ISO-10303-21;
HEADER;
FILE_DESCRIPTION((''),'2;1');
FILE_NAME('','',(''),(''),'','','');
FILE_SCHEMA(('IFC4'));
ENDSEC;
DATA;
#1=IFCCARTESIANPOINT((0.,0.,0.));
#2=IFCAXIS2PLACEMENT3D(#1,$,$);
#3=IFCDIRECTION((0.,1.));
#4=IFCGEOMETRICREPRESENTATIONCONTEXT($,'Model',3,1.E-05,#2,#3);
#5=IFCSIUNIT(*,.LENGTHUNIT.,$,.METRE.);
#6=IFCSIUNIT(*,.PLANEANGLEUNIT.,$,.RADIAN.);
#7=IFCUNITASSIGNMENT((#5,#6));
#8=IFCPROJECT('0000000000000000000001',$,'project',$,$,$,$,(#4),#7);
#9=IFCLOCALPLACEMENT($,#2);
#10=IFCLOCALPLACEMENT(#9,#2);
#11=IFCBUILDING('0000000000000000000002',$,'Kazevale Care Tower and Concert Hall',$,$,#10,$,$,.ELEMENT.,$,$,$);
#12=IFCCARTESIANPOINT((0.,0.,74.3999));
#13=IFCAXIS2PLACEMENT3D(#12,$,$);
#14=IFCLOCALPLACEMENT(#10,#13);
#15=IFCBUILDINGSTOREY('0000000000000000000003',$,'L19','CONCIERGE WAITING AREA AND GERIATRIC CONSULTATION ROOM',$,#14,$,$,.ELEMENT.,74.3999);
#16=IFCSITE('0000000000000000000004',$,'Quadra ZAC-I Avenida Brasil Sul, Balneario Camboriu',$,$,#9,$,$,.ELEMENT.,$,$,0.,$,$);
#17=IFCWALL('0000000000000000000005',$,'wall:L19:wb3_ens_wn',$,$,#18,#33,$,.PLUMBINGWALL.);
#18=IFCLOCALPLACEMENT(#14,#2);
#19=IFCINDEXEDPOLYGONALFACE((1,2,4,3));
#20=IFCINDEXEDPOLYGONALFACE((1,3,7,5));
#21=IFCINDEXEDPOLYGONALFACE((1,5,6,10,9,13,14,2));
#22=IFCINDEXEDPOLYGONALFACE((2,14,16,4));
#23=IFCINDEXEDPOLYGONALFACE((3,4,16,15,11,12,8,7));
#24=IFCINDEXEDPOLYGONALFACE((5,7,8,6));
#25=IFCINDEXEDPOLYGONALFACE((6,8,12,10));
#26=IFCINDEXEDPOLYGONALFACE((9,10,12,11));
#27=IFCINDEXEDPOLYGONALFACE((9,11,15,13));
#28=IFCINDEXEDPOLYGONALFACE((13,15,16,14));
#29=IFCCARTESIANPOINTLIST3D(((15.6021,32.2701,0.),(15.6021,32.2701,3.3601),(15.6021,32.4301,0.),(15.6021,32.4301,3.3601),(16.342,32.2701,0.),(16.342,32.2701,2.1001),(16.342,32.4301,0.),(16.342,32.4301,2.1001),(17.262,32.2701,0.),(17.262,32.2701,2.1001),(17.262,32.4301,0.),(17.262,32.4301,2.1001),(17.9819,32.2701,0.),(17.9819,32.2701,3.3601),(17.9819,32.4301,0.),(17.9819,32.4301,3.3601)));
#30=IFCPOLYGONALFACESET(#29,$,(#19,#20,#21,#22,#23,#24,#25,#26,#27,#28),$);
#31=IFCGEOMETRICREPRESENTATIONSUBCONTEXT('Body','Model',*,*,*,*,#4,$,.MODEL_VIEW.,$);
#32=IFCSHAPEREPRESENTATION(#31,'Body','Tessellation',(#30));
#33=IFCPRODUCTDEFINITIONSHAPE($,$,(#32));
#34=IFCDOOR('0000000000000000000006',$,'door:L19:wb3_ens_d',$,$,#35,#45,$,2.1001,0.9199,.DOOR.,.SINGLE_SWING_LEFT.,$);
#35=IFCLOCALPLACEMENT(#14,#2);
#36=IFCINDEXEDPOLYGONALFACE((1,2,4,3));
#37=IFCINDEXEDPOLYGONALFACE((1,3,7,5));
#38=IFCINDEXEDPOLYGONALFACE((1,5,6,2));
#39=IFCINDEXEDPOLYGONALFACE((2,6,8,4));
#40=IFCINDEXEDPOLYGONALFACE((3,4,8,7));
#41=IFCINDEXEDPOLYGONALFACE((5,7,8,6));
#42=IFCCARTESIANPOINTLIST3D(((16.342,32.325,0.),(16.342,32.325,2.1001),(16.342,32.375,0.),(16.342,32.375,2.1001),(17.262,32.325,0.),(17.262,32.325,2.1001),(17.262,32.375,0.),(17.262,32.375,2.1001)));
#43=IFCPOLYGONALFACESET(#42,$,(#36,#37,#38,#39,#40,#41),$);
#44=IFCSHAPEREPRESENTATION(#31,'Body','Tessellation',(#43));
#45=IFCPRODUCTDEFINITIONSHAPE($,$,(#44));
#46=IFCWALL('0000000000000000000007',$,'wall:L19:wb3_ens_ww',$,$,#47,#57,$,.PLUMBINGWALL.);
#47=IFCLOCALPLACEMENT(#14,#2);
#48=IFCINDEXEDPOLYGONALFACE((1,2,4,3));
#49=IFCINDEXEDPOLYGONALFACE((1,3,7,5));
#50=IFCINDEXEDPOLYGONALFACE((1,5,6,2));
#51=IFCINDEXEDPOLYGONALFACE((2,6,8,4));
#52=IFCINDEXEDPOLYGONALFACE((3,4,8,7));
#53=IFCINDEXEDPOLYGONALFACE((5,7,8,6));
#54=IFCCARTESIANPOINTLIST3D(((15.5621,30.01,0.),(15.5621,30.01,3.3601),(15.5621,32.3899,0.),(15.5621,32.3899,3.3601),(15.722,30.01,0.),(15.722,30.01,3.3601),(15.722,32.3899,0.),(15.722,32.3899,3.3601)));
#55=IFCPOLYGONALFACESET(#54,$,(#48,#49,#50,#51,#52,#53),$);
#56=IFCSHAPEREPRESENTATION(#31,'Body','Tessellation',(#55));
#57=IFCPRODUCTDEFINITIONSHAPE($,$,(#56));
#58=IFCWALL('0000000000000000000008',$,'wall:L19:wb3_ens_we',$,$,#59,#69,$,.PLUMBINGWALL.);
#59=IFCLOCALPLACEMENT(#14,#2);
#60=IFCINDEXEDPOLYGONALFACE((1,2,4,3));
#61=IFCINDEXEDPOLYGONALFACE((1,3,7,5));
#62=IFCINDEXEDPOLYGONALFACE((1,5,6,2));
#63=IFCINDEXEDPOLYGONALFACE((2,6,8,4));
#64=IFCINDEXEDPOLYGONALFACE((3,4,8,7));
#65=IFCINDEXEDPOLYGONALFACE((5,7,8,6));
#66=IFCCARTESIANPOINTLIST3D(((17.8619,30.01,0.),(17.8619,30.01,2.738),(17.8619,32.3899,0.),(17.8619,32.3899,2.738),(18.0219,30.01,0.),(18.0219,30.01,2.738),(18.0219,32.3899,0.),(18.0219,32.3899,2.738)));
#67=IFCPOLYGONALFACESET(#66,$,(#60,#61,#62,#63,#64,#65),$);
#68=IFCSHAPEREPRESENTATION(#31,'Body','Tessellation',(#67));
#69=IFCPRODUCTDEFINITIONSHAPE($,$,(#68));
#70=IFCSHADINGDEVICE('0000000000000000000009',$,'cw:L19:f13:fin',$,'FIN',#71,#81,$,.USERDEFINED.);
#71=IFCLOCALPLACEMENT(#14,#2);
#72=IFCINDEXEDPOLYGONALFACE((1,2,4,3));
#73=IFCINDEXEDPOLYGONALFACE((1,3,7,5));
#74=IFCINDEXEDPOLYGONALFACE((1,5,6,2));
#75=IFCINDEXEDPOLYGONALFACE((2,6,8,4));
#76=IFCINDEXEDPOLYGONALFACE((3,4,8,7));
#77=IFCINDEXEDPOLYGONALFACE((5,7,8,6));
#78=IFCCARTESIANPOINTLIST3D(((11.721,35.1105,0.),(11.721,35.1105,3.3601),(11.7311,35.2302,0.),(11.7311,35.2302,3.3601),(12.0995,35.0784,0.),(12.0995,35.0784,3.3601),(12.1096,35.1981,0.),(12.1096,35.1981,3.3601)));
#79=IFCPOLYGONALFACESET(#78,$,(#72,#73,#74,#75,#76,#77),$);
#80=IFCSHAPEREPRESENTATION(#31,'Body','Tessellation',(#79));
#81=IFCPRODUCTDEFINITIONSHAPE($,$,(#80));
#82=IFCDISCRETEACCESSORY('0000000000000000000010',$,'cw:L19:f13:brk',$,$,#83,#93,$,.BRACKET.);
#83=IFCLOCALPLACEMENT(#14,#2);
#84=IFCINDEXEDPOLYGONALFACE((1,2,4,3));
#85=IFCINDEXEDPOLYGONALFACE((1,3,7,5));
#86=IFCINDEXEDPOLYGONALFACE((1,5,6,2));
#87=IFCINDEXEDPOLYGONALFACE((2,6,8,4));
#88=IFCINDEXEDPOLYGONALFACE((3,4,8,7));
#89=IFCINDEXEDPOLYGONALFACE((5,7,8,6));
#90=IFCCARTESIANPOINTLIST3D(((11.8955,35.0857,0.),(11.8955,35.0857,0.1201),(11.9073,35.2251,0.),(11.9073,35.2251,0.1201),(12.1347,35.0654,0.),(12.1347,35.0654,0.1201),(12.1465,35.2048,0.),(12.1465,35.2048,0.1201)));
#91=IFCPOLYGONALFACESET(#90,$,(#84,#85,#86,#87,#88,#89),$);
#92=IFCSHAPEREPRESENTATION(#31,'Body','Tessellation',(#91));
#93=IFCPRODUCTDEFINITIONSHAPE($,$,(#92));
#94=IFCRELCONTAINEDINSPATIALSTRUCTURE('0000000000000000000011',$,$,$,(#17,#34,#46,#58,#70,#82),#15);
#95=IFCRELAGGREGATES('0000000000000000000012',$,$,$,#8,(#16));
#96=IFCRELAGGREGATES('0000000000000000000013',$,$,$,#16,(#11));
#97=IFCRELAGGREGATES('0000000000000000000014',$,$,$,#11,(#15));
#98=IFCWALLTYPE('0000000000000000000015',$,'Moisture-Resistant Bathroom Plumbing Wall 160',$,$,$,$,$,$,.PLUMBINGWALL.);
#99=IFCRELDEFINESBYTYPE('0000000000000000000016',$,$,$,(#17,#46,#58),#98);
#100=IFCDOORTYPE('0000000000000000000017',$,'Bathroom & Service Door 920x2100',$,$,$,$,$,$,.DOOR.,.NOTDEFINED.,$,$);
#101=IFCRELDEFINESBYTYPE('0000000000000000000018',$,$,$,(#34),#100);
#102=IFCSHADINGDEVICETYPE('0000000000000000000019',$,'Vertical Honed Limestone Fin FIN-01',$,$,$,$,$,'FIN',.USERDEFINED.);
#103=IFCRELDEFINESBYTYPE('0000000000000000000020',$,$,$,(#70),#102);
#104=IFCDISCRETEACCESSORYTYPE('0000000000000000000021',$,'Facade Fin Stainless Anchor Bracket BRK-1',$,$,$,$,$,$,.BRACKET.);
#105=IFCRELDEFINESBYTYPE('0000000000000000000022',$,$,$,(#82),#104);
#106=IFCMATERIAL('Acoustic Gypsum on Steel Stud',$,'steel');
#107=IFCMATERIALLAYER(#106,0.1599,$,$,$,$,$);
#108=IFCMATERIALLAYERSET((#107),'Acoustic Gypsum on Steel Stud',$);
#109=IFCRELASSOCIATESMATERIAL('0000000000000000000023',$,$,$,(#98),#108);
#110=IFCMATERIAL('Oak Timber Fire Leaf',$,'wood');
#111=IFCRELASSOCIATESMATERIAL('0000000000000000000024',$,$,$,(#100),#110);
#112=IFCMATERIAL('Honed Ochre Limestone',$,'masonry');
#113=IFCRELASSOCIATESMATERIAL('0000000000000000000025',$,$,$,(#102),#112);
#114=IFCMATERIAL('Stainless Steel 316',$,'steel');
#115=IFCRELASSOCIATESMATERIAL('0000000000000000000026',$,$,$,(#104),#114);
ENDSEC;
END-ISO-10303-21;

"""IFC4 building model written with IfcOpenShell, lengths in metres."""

from ifc_helpers import new_model, si_unit, direction, frame, frame_2d, origin, origin_2d, place, context, subcontext, project, spatial, rectangle, extrude, material, layer, layer_set, type_object, element, fill, save


model = new_model("IFC4")

# Units and contexts
model_context = context("Model", 3, precision=1e-05, world=origin(), true_north=direction((0.0, 1.0)))
body_context = subcontext(model_context, "Body", "Model", "MODEL_VIEW")
ifc_project = project(units=[si_unit("LENGTHUNIT", "METRE"), si_unit("PLANEANGLEUNIT", "RADIAN")], contexts=[model_context])

# Site, building, storey
site_placement = place(None, origin())
site = spatial("IfcSite", under=ifc_project, at=site_placement, Name="Quadra ZAC-I Avenida Brasil Sul, Balneario Camboriu", CompositionType="ELEMENT", RefElevation=0.0)
building_placement = place(site_placement, origin())
building = spatial("IfcBuilding", under=site, at=building_placement, Name="Kazevale Care Tower and Concert Hall", CompositionType="ELEMENT")
storey_placement = place(building_placement, frame((0.0, 0.0, 74.3999)))
storey = spatial("IfcBuildingStorey", under=building, at=storey_placement, Name="L19", Description="CONCIERGE WAITING AREA AND GERIATRIC CONSULTATION ROOM", CompositionType="ELEMENT", Elevation=74.3999)

# Shared definitions
ifc_material_1 = material(Name="Acoustic Gypsum on Steel Stud", Category="steel")
ifc_layer_1 = layer(ifc_material_1, 0.1599)
ifc_layer_set_1 = layer_set([ifc_layer_1], Name="Acoustic Gypsum on Steel Stud")
wall_type_1 = type_object("IfcWallType", Name="Moisture-Resistant Bathroom Plumbing Wall 160", PredefinedType="PLUMBINGWALL", material=ifc_layer_set_1)

# Wall, opening, door
wall_1_placement = place(storey_placement, frame((15.6021, 32.3501, 0.0), z_axis=(0.0, 0.0, 1.0), x_axis=(1.0, 0.0, 0.0)))
wall_1 = element("IfcWall", 1, at=wall_1_placement, inside=storey, type_object=wall_type_1, Name="wall:L19:wb3_ens_wn", PredefinedType="PLUMBINGWALL", context=body_context, shape_type="SweptSolid", body=[
    extrude(rectangle(XDim=2.3799, YDim=0.1599, at=frame_2d((1.1899, 0.0))), origin(), (0.0, 0.0, 1.0), 3.3601),
])
opening_placement = place(wall_1_placement, frame((0.74, 0.0, 0.0)))
opening = element("IfcOpeningElement", 2, at=opening_placement, cuts=wall_1, PredefinedType="OPENING", context=body_context, shape_type="SweptSolid", body=[
    extrude(rectangle(XDim=0.9199, YDim=2.1001, at=frame_2d((0.46, 1.05))), frame((0.0, 0.0898, 0.0), z_axis=(0.0, -1.0, 0.0), x_axis=(1.0, 0.0, 0.0)), (0.0, 0.0, 1.0), 0.1799),
])
ifc_material_2 = material(Name="Oak Timber Fire Leaf", Category="wood")
door_type = type_object("IfcDoorType", Name="Bathroom & Service Door 920x2100", OperationType="NOTDEFINED", PredefinedType="DOOR", material=ifc_material_2)
door_placement = place(opening_placement, origin())
door = element("IfcDoor", 3, at=door_placement, inside=storey, type_object=door_type, Name="door:L19:wb3_ens_d", OperationType="SINGLE_SWING_LEFT", OverallHeight=2.1001, OverallWidth=0.9199, PredefinedType="DOOR", context=body_context, shape_type="SweptSolid", body=[
    extrude(rectangle(XDim=0.9199, YDim=2.1001, at=frame_2d((0.46, 1.05))), frame((0.0, 0.0249, 0.0), z_axis=(0.0, -1.0, 0.0), x_axis=(1.0, 0.0, 0.0)), (0.0, 0.0, 1.0), 0.05),
])
fill(opening, door)

# Walls
wall_2_placement = place(storey_placement, frame((15.6421, 30.01, 0.0), z_axis=(0.0, 0.0, 1.0), x_axis=(0.0, 1.0, 0.0)))
element("IfcWall", 4, at=wall_2_placement, inside=storey, type_object=wall_type_1, Name="wall:L19:wb3_ens_ww", PredefinedType="PLUMBINGWALL", context=body_context, shape_type="SweptSolid", body=[
    extrude(rectangle(XDim=2.3799, YDim=0.1599, at=frame_2d((1.1899, 0.0))), origin(), (0.0, 0.0, 1.0), 3.3601),
])
wall_3_placement = place(storey_placement, frame((17.9419, 30.01, 0.0), z_axis=(0.0, 0.0, 1.0), x_axis=(0.0, 1.0, 0.0)))
element("IfcWall", 5, at=wall_3_placement, inside=storey, type_object=wall_type_1, Name="wall:L19:wb3_ens_we", PredefinedType="PLUMBINGWALL", context=body_context, shape_type="SweptSolid", body=[
    extrude(rectangle(XDim=2.3799, YDim=0.1599, at=frame_2d((1.1899, 0.0))), origin(), (0.0, 0.0, 1.0), 2.738),
])

# Shading device
ifc_material_3 = material(Name="Honed Ochre Limestone", Category="masonry")
shading_device_type = type_object("IfcShadingDeviceType", Name="Vertical Honed Limestone Fin FIN-01", ElementType="FIN", PredefinedType="USERDEFINED", material=ifc_material_3)
shading_device_placement = place(storey_placement, frame((11.9153, 35.1543, 0.0), z_axis=(0.0, 0.0, 1.0), x_axis=(-0.996434, 0.084374, 0.0)))
element("IfcShadingDevice", 6, at=shading_device_placement, inside=storey, type_object=shading_device_type, Name="cw:L19:f13:fin", ObjectType="FIN", PredefinedType="USERDEFINED", context=body_context, shape_type="SweptSolid", body=[
    extrude(rectangle(XDim=0.3799, YDim=0.1201, at=origin_2d()), origin(), (0.0, 0.0, 1.0), 3.3601),
])

# Discrete accessory
ifc_material_4 = material(Name="Stainless Steel 316", Category="steel")
discrete_accessory_type = type_object("IfcDiscreteAccessoryType", Name="Facade Fin Stainless Anchor Bracket BRK-1", PredefinedType="BRACKET", material=ifc_material_4)
discrete_accessory_placement = place(storey_placement, frame((12.021, 35.1453, 0.0), z_axis=(0.0, 0.0, 1.0), x_axis=(-0.996434, 0.084374, 0.0)))
element("IfcDiscreteAccessory", 7, at=discrete_accessory_placement, inside=storey, type_object=discrete_accessory_type, Name="cw:L19:f13:brk", PredefinedType="BRACKET", context=body_context, shape_type="SweptSolid", body=[
    extrude(rectangle(XDim=0.24, YDim=0.1399, at=origin_2d()), origin(), (0.0, 0.0, 1.0), 0.1201),
])

save(model, "model.ifc")
